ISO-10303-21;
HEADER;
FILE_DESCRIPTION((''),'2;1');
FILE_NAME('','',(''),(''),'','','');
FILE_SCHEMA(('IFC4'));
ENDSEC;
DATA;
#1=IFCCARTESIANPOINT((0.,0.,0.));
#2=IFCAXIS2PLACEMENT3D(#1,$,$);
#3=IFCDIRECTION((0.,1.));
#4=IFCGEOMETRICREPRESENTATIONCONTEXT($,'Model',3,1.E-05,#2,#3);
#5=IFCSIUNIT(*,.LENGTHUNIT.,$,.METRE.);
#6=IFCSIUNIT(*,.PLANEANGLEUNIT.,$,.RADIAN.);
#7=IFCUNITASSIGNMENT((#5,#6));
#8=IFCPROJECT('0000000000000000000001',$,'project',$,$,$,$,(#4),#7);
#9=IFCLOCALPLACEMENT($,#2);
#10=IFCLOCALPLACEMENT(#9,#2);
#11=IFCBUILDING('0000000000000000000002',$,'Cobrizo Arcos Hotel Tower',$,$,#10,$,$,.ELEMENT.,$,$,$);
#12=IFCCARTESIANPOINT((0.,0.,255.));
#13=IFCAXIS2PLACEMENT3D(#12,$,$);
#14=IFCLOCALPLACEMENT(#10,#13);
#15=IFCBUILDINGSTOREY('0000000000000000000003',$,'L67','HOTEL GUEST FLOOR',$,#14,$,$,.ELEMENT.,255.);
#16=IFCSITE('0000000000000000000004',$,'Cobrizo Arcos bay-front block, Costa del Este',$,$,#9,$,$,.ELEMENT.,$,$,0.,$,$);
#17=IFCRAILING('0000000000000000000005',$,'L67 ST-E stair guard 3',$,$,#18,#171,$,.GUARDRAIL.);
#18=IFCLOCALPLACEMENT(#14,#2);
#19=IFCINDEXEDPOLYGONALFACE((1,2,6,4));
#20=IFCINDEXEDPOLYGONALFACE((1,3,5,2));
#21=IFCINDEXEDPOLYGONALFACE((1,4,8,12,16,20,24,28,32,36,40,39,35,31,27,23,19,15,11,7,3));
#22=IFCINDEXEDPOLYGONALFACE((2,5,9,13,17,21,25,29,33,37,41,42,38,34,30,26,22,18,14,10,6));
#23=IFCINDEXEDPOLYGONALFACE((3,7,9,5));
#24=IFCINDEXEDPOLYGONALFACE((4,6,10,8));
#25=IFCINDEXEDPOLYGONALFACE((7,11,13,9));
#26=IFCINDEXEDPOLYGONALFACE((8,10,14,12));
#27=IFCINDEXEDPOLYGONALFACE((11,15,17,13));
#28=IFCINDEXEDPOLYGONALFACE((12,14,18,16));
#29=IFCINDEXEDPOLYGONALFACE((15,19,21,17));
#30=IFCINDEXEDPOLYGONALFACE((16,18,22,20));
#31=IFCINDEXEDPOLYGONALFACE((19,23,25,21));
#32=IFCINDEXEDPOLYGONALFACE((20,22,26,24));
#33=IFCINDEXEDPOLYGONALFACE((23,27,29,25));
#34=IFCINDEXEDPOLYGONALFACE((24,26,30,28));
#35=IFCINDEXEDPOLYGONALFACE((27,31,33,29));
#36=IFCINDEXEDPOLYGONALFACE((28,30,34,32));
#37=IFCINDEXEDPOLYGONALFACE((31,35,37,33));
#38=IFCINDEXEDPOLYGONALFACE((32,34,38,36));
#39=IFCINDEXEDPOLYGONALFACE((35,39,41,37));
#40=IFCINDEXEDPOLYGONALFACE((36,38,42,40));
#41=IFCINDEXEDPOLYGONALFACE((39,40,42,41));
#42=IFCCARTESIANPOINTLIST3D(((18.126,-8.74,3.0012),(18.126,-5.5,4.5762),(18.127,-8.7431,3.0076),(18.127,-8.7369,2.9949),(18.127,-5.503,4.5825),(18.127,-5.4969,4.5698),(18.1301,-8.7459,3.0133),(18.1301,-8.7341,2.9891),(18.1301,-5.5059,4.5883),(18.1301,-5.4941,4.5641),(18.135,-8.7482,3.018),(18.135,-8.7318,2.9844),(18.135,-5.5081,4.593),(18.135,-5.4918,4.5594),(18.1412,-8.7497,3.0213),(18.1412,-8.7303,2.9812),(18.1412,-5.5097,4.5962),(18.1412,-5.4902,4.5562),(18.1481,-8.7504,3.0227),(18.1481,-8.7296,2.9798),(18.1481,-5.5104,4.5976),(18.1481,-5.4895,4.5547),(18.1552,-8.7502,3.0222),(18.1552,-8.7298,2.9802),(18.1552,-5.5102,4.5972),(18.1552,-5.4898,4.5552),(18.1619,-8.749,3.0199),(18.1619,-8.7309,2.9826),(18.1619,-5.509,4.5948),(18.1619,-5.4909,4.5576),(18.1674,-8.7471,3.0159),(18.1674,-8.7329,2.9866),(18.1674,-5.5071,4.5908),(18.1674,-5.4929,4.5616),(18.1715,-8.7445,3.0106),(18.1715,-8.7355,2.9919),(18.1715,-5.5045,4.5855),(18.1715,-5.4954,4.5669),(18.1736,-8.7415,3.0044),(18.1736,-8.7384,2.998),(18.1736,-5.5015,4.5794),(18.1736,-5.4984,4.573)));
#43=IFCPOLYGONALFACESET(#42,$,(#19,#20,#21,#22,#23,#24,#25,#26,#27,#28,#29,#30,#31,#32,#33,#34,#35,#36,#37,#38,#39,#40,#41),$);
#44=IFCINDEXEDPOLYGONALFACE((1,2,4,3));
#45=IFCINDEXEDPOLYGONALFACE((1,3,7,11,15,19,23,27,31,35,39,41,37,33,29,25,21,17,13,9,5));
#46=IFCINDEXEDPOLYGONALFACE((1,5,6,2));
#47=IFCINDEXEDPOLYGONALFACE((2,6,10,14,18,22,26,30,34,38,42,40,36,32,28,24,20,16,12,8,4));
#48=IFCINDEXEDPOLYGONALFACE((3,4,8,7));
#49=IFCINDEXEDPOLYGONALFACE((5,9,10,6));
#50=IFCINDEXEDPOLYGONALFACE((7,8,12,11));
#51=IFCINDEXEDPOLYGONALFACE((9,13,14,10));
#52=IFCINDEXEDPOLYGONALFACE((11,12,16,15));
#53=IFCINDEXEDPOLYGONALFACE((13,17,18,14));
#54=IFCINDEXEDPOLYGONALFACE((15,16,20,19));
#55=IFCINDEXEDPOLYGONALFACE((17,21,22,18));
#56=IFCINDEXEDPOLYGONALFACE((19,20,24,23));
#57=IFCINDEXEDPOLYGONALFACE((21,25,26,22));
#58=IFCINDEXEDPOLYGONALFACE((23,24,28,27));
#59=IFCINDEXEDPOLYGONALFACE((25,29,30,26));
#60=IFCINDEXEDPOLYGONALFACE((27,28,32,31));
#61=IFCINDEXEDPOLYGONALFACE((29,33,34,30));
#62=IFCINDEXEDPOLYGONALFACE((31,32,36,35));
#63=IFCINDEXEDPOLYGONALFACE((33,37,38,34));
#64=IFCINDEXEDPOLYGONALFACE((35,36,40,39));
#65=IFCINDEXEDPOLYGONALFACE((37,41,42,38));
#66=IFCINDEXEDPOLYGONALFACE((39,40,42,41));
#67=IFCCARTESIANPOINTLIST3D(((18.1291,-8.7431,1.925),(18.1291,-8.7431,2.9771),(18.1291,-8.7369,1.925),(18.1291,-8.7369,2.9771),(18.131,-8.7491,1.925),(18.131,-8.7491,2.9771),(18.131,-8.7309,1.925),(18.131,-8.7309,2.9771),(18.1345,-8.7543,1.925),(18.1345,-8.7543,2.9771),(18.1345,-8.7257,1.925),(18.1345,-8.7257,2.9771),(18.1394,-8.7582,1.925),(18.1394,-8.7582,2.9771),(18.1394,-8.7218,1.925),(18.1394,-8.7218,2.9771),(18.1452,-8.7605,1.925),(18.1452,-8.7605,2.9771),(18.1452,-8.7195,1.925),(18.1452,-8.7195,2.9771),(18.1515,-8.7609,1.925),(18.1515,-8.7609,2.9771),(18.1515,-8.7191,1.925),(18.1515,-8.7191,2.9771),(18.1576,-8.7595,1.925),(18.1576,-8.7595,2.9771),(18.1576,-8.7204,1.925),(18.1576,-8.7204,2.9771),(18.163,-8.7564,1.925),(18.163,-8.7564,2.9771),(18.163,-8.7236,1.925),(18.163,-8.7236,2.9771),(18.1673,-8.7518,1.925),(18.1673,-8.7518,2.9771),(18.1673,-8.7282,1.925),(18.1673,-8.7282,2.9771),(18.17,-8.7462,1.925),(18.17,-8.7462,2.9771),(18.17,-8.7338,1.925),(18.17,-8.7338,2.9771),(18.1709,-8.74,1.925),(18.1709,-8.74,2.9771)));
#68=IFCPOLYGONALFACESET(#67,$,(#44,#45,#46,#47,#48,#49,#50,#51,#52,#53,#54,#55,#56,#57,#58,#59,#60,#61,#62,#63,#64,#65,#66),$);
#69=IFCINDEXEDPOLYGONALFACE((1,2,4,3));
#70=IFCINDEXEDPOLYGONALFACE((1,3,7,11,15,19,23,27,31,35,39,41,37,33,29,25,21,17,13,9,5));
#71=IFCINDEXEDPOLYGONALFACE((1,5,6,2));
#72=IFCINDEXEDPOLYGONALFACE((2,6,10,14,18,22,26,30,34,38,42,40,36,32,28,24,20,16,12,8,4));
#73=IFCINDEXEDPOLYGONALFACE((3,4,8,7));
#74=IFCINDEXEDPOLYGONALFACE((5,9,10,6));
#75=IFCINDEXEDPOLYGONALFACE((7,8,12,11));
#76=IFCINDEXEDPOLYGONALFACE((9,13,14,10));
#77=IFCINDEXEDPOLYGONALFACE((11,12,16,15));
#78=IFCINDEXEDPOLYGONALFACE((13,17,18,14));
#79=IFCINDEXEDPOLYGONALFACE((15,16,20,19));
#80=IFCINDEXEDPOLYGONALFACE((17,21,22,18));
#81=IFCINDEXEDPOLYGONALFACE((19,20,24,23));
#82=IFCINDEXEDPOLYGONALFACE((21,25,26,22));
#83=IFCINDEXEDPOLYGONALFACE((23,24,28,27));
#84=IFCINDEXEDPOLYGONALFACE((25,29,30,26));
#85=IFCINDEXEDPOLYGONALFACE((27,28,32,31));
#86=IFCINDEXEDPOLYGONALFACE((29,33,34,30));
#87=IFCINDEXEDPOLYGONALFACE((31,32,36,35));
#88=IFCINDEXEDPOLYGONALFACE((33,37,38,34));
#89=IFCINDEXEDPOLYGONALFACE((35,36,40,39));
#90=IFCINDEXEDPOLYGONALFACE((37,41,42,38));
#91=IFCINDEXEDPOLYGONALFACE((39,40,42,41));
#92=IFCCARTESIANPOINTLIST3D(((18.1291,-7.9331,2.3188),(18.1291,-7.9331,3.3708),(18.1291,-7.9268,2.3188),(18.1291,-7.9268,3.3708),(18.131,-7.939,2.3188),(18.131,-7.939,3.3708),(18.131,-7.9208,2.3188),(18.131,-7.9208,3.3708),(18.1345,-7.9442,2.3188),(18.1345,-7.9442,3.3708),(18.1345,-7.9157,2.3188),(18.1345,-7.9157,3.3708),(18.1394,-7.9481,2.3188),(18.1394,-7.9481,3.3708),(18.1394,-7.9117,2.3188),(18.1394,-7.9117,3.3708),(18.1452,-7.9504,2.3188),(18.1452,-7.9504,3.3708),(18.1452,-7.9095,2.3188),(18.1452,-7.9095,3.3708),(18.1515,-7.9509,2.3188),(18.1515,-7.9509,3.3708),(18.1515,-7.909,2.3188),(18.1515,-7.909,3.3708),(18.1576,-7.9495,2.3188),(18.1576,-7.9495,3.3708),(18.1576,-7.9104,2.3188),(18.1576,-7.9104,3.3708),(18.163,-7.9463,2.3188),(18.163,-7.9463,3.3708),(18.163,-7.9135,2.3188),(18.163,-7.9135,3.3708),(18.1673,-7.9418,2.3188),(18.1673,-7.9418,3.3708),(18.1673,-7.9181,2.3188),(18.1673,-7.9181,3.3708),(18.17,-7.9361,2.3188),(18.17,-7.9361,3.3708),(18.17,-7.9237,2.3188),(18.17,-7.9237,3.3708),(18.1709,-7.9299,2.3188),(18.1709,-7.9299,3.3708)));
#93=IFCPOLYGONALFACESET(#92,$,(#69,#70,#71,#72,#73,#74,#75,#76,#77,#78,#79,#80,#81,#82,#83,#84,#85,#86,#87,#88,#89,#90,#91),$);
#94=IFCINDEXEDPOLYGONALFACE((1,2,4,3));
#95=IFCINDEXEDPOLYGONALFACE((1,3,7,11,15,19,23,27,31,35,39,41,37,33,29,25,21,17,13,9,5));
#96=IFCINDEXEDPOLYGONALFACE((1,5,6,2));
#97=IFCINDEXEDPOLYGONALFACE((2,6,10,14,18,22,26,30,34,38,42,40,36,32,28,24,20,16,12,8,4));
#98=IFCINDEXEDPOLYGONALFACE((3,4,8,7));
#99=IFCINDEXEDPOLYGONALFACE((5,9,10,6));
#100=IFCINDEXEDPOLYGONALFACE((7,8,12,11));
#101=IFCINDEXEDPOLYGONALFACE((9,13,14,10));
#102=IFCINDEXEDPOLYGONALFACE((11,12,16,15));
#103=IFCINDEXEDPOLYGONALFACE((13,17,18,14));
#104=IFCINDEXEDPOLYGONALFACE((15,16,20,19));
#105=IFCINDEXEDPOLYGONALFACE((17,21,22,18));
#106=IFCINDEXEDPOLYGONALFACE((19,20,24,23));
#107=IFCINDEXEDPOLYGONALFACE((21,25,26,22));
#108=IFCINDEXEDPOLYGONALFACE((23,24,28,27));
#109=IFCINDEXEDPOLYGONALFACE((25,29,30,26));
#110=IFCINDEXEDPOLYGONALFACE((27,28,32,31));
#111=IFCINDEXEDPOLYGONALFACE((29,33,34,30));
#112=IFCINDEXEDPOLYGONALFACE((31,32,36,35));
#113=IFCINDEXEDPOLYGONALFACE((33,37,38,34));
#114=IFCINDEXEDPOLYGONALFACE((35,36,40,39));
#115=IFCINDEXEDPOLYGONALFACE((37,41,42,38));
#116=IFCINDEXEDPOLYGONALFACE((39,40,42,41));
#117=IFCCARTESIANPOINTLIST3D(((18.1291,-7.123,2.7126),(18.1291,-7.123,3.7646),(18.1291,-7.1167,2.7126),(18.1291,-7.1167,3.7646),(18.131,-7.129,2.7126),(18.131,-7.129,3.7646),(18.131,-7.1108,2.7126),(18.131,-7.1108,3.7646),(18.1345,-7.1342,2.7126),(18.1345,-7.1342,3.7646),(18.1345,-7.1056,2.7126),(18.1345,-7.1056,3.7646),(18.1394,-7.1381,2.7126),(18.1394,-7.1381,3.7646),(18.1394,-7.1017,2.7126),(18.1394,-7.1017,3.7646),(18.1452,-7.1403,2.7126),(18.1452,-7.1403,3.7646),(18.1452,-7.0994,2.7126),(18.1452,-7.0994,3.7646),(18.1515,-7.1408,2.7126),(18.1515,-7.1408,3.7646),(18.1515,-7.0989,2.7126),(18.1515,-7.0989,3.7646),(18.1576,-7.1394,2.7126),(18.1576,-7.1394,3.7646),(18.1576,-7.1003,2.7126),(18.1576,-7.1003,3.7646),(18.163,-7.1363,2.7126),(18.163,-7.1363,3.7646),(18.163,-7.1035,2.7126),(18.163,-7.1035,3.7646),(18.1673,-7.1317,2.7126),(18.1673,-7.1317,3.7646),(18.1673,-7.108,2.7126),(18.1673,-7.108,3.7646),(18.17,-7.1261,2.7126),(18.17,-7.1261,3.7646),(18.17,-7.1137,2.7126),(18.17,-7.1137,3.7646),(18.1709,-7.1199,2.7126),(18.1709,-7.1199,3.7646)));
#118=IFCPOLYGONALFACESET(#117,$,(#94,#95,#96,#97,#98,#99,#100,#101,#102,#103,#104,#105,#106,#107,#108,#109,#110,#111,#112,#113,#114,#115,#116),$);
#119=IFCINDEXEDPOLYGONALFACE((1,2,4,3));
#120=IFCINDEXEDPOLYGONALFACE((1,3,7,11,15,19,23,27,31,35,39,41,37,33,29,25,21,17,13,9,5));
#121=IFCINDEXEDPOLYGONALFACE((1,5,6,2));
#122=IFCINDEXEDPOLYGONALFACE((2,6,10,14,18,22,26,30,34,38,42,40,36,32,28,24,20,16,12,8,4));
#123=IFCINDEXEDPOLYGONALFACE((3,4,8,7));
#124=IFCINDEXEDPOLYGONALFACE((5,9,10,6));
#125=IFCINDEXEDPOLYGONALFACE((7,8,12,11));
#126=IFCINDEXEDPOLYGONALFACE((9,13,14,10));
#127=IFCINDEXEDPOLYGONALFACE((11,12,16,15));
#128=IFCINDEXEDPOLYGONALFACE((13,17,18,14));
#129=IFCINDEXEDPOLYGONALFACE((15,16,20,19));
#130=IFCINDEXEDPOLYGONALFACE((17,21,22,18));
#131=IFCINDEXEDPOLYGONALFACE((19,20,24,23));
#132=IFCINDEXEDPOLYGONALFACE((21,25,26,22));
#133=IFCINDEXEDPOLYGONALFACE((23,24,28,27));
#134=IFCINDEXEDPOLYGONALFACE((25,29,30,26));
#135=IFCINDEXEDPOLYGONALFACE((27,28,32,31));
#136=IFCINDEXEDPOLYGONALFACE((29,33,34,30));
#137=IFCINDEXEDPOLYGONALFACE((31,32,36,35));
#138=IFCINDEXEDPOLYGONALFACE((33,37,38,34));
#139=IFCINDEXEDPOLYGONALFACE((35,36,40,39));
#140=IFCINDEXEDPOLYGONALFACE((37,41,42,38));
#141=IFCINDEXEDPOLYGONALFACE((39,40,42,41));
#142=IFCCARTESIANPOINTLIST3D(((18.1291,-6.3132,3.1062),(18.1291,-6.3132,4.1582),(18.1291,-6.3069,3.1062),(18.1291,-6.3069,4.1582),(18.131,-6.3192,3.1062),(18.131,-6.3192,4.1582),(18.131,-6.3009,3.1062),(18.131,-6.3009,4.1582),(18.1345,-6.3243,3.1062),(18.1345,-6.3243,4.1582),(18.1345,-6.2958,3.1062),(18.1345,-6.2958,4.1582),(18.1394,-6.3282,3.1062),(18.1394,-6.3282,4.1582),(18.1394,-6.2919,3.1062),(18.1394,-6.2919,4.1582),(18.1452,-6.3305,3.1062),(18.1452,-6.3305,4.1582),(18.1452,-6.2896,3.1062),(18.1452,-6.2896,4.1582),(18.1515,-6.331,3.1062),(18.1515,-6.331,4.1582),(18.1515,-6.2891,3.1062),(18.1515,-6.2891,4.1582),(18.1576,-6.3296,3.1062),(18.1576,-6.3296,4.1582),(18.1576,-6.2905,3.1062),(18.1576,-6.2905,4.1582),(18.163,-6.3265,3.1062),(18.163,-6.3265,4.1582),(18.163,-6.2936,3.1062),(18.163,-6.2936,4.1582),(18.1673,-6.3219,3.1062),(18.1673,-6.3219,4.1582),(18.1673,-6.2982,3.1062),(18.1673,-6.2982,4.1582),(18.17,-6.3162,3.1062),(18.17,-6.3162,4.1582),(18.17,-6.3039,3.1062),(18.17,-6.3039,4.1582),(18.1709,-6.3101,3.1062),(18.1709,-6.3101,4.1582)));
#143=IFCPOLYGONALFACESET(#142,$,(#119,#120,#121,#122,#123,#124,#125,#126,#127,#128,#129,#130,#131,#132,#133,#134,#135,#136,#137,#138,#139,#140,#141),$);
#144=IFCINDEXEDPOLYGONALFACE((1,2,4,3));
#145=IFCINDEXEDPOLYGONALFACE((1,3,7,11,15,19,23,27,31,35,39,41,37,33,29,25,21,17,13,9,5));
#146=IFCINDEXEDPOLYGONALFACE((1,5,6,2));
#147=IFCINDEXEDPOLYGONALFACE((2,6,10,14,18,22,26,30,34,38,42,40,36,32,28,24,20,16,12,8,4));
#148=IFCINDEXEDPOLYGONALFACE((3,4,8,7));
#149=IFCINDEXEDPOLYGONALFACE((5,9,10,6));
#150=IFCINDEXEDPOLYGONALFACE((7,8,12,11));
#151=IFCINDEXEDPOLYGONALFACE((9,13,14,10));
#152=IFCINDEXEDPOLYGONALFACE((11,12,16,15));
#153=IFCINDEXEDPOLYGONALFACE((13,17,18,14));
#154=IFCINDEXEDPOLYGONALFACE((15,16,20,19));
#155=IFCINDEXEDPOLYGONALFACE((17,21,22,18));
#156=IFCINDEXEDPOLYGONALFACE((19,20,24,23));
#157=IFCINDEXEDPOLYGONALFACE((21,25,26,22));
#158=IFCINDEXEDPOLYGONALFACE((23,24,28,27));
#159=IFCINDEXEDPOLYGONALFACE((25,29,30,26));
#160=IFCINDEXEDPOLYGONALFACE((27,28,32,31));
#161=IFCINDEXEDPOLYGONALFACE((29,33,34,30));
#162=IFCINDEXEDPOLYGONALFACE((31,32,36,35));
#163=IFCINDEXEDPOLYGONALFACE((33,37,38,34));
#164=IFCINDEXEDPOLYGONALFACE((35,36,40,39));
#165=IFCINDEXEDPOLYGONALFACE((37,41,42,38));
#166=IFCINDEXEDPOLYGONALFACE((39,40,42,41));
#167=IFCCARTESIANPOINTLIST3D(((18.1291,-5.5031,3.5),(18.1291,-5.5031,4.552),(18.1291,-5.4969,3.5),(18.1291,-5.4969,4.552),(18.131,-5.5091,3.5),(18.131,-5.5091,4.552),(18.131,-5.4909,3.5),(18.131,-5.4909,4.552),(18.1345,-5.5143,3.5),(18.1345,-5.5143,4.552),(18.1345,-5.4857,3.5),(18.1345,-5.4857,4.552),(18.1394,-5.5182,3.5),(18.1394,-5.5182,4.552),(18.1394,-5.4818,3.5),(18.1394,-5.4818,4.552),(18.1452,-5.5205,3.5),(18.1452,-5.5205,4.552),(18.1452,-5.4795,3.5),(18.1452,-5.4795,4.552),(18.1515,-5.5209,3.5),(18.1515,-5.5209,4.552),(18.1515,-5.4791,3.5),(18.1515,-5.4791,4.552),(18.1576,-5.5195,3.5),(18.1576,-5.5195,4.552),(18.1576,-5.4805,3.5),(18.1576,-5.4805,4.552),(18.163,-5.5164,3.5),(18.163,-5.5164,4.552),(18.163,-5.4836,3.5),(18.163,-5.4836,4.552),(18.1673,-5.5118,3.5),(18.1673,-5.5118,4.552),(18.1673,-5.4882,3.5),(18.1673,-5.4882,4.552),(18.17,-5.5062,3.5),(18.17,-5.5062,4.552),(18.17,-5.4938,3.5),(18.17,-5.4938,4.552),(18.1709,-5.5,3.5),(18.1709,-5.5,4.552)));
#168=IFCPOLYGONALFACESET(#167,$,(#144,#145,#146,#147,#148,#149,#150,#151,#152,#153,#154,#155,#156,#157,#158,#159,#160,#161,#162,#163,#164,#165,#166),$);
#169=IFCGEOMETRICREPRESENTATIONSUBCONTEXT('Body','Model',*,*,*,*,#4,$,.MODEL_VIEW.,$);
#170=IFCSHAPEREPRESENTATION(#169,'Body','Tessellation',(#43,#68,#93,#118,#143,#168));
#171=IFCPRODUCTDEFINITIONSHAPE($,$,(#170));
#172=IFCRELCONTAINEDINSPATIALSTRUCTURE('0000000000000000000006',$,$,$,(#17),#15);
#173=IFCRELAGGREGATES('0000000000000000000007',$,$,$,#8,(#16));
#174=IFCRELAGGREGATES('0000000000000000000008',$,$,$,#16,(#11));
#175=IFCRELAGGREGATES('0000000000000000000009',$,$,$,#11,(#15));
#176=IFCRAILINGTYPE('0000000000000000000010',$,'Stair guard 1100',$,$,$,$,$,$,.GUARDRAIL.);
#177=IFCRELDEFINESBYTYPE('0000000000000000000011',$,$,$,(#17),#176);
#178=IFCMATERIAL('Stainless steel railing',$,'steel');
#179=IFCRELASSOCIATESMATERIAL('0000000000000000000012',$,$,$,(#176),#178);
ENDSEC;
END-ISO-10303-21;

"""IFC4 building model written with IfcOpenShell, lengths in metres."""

from ifc_helpers import new_model, si_unit, direction, frame, origin, origin_2d, place, context, subcontext, project, spatial, circle, extrude, material, type_object, element, save


model = new_model("IFC4")

# Units and contexts
model_context = context("Model", 3, precision=1e-05, world=origin(), true_north=direction((0.0, 1.0)))
body_context = subcontext(model_context, "Body", "Model", "MODEL_VIEW")
ifc_project = project(units=[si_unit("LENGTHUNIT", "METRE"), si_unit("PLANEANGLEUNIT", "RADIAN")], contexts=[model_context])

# Site, building, storey
site_placement = place(None, origin())
site = spatial("IfcSite", under=ifc_project, at=site_placement, Name="Cobrizo Arcos bay-front block, Costa del Este", CompositionType="ELEMENT", RefElevation=0.0)
building_placement = place(site_placement, origin())
building = spatial("IfcBuilding", under=site, at=building_placement, Name="Cobrizo Arcos Hotel Tower", CompositionType="ELEMENT")
storey_placement = place(building_placement, frame((0.0, 0.0, 255.0)))
storey = spatial("IfcBuildingStorey", under=building, at=storey_placement, Name="L67", Description="HOTEL GUEST FLOOR", CompositionType="ELEMENT", Elevation=255.0)

# Railing
ifc_material_1 = material(Name="Stainless steel railing", Category="steel")
railing_type_1 = type_object("IfcRailingType", Name="Stair guard 1100", PredefinedType="GUARDRAIL", material=ifc_material_1)
railing_1_placement = place(storey_placement, frame((18.1499, -8.74, 1.925)))
element("IfcRailing", 1, at=railing_1_placement, inside=storey, type_object=railing_type_1, Name="L67 ST-E stair guard 3", PredefinedType="GUARDRAIL", context=body_context, shape_type="SweptSolid", body=[
    extrude(circle(Radius=0.0239, at=origin_2d()), frame((0.0, 0.0, 1.0762), z_axis=(0.0, 0.899373, 0.437183), x_axis=(-1.0, 0.0, 0.0)), (0.0, 0.0, 1.0), 3.6025),
    extrude(circle(Radius=0.021, at=origin_2d()), origin(), (0.0, 0.0, 1.0), 1.052),
    extrude(circle(Radius=0.021, at=origin_2d()), frame((0.0, 0.8101, 0.3938)), (0.0, 0.0, 1.0), 1.052),
    extrude(circle(Radius=0.021, at=origin_2d()), frame((0.0, 1.6201, 0.7876)), (0.0, 0.0, 1.0), 1.052),
    extrude(circle(Radius=0.021, at=origin_2d()), frame((0.0, 2.4299, 1.1812)), (0.0, 0.0, 1.0), 1.052),
    extrude(circle(Radius=0.021, at=origin_2d()), frame((0.0, 3.24, 1.575)), (0.0, 0.0, 1.0), 1.052),
])

save(model, "model.ifc")
